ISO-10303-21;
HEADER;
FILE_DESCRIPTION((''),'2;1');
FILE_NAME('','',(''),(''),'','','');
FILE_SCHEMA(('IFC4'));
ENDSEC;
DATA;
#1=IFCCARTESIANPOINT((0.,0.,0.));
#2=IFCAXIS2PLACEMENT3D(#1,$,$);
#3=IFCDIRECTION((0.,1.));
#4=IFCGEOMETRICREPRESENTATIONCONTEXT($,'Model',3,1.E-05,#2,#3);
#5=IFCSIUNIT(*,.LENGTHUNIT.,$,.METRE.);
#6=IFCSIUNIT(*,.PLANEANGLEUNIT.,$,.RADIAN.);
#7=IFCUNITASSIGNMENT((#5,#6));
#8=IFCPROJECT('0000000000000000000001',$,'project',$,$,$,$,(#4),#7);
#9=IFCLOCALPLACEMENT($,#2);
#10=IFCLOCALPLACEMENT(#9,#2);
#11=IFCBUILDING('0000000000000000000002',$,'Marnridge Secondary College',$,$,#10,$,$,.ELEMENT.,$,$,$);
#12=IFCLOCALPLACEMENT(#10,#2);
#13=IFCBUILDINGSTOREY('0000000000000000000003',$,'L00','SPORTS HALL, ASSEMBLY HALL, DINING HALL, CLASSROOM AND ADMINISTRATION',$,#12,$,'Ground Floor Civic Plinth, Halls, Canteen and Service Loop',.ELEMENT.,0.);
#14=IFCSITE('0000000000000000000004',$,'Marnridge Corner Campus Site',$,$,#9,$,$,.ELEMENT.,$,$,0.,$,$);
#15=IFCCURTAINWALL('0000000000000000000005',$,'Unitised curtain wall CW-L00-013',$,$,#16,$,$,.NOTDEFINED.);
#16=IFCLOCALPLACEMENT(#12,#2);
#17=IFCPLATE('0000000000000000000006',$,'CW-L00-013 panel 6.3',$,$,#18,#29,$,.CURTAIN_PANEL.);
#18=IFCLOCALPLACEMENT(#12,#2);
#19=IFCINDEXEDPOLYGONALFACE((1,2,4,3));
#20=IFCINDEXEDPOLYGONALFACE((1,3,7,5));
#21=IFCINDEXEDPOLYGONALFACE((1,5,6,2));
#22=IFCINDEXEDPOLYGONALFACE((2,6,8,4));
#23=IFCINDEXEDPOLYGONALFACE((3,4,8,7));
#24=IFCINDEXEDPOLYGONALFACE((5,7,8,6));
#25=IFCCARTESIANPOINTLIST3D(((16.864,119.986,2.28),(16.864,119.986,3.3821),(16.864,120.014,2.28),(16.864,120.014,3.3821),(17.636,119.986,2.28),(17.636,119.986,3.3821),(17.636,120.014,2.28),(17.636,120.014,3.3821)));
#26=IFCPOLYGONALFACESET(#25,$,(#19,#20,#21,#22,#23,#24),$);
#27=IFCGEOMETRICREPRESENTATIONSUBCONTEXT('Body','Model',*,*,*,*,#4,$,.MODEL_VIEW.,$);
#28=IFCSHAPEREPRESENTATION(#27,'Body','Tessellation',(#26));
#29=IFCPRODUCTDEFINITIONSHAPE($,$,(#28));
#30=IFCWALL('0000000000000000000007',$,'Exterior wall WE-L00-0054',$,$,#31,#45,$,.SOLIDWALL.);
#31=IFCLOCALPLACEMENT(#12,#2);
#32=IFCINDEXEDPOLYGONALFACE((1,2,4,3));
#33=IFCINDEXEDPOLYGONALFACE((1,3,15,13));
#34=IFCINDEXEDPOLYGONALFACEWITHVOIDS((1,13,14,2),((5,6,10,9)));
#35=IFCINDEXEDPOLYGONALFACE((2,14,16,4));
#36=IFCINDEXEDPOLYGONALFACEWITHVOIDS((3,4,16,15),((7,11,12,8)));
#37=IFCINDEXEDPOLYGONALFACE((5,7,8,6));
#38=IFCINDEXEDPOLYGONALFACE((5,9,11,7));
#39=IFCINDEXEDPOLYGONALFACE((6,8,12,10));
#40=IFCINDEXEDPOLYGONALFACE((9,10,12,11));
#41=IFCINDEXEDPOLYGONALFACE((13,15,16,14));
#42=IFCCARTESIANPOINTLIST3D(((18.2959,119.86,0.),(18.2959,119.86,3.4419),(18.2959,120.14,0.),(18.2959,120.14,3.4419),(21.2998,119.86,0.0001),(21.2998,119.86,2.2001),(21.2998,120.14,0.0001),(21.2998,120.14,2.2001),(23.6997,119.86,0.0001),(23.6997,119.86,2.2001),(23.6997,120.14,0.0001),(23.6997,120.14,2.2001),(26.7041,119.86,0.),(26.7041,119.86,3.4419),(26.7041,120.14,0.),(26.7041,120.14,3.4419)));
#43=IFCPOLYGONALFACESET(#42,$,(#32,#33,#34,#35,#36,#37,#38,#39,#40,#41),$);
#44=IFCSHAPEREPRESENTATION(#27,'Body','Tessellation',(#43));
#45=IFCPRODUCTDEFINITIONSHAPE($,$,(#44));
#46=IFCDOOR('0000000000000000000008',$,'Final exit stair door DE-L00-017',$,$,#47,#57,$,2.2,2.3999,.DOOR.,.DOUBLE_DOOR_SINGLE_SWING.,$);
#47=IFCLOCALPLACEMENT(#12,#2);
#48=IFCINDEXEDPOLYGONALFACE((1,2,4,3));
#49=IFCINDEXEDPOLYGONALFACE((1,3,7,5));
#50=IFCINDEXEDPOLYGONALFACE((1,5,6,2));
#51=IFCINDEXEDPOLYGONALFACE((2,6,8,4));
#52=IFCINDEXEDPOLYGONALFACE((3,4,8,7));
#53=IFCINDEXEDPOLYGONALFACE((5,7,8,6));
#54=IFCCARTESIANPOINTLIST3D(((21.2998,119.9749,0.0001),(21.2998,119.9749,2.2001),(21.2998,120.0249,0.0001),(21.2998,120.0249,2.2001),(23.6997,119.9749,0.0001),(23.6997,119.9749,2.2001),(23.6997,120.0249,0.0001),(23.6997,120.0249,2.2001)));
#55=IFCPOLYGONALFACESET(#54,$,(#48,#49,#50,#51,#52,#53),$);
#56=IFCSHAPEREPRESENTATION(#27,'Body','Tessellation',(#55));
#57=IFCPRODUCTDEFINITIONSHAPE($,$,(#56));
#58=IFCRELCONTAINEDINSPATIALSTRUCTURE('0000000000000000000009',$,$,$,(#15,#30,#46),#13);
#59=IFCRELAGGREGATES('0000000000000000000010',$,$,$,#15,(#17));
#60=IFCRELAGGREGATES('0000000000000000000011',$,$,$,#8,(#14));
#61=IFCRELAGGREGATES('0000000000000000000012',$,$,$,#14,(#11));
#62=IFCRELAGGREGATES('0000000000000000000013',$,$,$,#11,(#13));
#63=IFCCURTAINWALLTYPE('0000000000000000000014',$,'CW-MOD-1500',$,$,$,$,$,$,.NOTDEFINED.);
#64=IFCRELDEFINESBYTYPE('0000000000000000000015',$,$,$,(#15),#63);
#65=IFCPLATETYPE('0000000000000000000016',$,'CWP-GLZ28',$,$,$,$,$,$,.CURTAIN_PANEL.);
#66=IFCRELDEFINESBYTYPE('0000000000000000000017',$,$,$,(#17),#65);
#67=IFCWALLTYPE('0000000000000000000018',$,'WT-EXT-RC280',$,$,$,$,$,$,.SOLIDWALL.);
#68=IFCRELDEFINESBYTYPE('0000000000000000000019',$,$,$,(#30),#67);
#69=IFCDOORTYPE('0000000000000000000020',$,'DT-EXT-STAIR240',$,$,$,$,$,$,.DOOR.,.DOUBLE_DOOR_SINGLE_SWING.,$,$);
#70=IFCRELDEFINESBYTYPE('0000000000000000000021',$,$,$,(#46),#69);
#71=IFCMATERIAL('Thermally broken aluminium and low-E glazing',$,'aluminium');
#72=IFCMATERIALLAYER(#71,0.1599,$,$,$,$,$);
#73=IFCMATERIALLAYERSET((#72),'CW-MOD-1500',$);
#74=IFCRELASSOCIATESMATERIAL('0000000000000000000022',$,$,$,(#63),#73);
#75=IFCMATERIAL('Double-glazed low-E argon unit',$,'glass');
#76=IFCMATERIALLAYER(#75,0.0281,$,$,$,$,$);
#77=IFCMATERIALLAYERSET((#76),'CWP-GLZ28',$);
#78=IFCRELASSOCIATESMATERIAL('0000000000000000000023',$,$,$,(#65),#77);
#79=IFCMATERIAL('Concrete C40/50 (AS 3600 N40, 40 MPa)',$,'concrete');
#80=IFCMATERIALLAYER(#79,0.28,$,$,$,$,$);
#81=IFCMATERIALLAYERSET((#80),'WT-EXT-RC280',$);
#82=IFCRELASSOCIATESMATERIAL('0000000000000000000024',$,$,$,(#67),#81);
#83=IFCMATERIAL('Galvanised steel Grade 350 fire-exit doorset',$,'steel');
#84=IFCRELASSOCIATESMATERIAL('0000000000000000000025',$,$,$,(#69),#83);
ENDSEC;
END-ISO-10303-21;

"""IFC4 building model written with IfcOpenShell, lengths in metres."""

from ifc_helpers import new_model, si_unit, direction, frame, frame_2d, origin, origin_2d, place, context, subcontext, project, spatial, rectangle, extrude, material, layer, layer_set, type_object, element, fill, aggregate, save


model = new_model("IFC4")

# Units and contexts
model_context = context("Model", 3, precision=1e-05, world=origin(), true_north=direction((0.0, 1.0)))
body_context = subcontext(model_context, "Body", "Model", "MODEL_VIEW")
ifc_project = project(units=[si_unit("LENGTHUNIT", "METRE"), si_unit("PLANEANGLEUNIT", "RADIAN")], contexts=[model_context])

# Site, building, storey
site_placement = place(None, origin())
site = spatial("IfcSite", under=ifc_project, at=site_placement, Name="Marnridge Corner Campus Site", CompositionType="ELEMENT", RefElevation=0.0)
building_placement = place(site_placement, origin())
building = spatial("IfcBuilding", under=site, at=building_placement, Name="Marnridge Secondary College", CompositionType="ELEMENT")
storey_placement = place(building_placement, origin())
storey = spatial("IfcBuildingStorey", under=building, at=storey_placement, Name="L00", Description="SPORTS HALL, ASSEMBLY HALL, DINING HALL, CLASSROOM AND ADMINISTRATION", LongName="Ground Floor Civic Plinth, Halls, Canteen and Service Loop", CompositionType="ELEMENT", Elevation=0.0)

# Curtain wall, plate
ifc_material_1 = material(Name="Thermally broken aluminium and low-E glazing", Category="aluminium")
ifc_layer_1 = layer(ifc_material_1, 0.1599)
ifc_layer_set_1 = layer_set([ifc_layer_1], Name="CW-MOD-1500")
curtain_wall_type = type_object("IfcCurtainWallType", Name="CW-MOD-1500", PredefinedType="NOTDEFINED", material=ifc_layer_set_1)
curtain_wall_placement = place(storey_placement, origin())
curtain_wall = element("IfcCurtainWall", 1, at=curtain_wall_placement, inside=storey, type_object=curtain_wall_type, Name="Unitised curtain wall CW-L00-013", PredefinedType="NOTDEFINED")
ifc_material_2 = material(Name="Double-glazed low-E argon unit", Category="glass")
ifc_layer_2 = layer(ifc_material_2, 0.0281)
ifc_layer_set_2 = layer_set([ifc_layer_2], Name="CWP-GLZ28")
plate_type = type_object("IfcPlateType", Name="CWP-GLZ28", PredefinedType="CURTAIN_PANEL", material=ifc_layer_set_2)
plate_1_placement = place(storey_placement, frame((17.25, 120.0, 2.28), z_axis=(0.0, 0.0, 1.0), x_axis=(1.0, 0.0, 0.0)))
plate_1 = element("IfcPlate", 2, at=plate_1_placement, type_object=plate_type, Name="CW-L00-013 panel 6.3", PredefinedType="CURTAIN_PANEL", context=body_context, shape_type="SweptSolid", body=[
    extrude(rectangle(XDim=0.772, YDim=0.0281, at=origin_2d()), origin(), (0.0, 0.0, 1.0), 1.1021),
])
aggregate(curtain_wall, [plate_1])

# Wall, opening, door
ifc_material_3 = material(Name="Concrete C40/50 (AS 3600 N40, 40 MPa)", Category="concrete")
ifc_layer_3 = layer(ifc_material_3, 0.28)
ifc_layer_set_3 = layer_set([ifc_layer_3], Name="WT-EXT-RC280")
wall_type = type_object("IfcWallType", Name="WT-EXT-RC280", PredefinedType="SOLIDWALL", material=ifc_layer_set_3)
wall_placement = place(storey_placement, frame((18.2959, 120.0, 0.0), z_axis=(0.0, 0.0, 1.0), x_axis=(1.0, 0.0, 0.0)))
wall = element("IfcWall", 3, at=wall_placement, inside=storey, type_object=wall_type, Name="Exterior wall WE-L00-0054", PredefinedType="SOLIDWALL", context=body_context, shape_type="SweptSolid", body=[
    extrude(rectangle(XDim=8.4082, YDim=0.28, at=frame_2d((4.2041, 0.0))), origin(), (0.0, 0.0, 1.0), 3.4419),
])
opening_placement = place(wall_placement, frame((3.0039, 0.0, 0.0)))
opening = element("IfcOpeningElement", 4, at=opening_placement, cuts=wall, PredefinedType="OPENING", context=body_context, shape_type="SweptSolid", body=[
    extrude(rectangle(XDim=2.3999, YDim=2.2, at=frame_2d((1.2, 1.1001))), frame((0.0, 0.1499, 0.0), z_axis=(0.0, -1.0, 0.0), x_axis=(1.0, 0.0, 0.0)), (0.0, 0.0, 1.0), 0.3),
])
ifc_material_4 = material(Name="Galvanised steel Grade 350 fire-exit doorset", Category="steel")
door_type = type_object("IfcDoorType", Name="DT-EXT-STAIR240", OperationType="DOUBLE_DOOR_SINGLE_SWING", PredefinedType="DOOR", material=ifc_material_4)
door_placement = place(opening_placement, origin())
door = element("IfcDoor", 5, at=door_placement, inside=storey, type_object=door_type, Name="Final exit stair door DE-L00-017", OperationType="DOUBLE_DOOR_SINGLE_SWING", OverallHeight=2.2, OverallWidth=2.3999, PredefinedType="DOOR", context=body_context, shape_type="SweptSolid", body=[
    extrude(rectangle(XDim=2.3999, YDim=2.2, at=frame_2d((1.2, 1.1001))), frame((0.0, 0.0249, 0.0), z_axis=(0.0, -1.0, 0.0), x_axis=(1.0, 0.0, 0.0)), (0.0, 0.0, 1.0), 0.05),
])
fill(opening, door)

save(model, "model.ifc")
